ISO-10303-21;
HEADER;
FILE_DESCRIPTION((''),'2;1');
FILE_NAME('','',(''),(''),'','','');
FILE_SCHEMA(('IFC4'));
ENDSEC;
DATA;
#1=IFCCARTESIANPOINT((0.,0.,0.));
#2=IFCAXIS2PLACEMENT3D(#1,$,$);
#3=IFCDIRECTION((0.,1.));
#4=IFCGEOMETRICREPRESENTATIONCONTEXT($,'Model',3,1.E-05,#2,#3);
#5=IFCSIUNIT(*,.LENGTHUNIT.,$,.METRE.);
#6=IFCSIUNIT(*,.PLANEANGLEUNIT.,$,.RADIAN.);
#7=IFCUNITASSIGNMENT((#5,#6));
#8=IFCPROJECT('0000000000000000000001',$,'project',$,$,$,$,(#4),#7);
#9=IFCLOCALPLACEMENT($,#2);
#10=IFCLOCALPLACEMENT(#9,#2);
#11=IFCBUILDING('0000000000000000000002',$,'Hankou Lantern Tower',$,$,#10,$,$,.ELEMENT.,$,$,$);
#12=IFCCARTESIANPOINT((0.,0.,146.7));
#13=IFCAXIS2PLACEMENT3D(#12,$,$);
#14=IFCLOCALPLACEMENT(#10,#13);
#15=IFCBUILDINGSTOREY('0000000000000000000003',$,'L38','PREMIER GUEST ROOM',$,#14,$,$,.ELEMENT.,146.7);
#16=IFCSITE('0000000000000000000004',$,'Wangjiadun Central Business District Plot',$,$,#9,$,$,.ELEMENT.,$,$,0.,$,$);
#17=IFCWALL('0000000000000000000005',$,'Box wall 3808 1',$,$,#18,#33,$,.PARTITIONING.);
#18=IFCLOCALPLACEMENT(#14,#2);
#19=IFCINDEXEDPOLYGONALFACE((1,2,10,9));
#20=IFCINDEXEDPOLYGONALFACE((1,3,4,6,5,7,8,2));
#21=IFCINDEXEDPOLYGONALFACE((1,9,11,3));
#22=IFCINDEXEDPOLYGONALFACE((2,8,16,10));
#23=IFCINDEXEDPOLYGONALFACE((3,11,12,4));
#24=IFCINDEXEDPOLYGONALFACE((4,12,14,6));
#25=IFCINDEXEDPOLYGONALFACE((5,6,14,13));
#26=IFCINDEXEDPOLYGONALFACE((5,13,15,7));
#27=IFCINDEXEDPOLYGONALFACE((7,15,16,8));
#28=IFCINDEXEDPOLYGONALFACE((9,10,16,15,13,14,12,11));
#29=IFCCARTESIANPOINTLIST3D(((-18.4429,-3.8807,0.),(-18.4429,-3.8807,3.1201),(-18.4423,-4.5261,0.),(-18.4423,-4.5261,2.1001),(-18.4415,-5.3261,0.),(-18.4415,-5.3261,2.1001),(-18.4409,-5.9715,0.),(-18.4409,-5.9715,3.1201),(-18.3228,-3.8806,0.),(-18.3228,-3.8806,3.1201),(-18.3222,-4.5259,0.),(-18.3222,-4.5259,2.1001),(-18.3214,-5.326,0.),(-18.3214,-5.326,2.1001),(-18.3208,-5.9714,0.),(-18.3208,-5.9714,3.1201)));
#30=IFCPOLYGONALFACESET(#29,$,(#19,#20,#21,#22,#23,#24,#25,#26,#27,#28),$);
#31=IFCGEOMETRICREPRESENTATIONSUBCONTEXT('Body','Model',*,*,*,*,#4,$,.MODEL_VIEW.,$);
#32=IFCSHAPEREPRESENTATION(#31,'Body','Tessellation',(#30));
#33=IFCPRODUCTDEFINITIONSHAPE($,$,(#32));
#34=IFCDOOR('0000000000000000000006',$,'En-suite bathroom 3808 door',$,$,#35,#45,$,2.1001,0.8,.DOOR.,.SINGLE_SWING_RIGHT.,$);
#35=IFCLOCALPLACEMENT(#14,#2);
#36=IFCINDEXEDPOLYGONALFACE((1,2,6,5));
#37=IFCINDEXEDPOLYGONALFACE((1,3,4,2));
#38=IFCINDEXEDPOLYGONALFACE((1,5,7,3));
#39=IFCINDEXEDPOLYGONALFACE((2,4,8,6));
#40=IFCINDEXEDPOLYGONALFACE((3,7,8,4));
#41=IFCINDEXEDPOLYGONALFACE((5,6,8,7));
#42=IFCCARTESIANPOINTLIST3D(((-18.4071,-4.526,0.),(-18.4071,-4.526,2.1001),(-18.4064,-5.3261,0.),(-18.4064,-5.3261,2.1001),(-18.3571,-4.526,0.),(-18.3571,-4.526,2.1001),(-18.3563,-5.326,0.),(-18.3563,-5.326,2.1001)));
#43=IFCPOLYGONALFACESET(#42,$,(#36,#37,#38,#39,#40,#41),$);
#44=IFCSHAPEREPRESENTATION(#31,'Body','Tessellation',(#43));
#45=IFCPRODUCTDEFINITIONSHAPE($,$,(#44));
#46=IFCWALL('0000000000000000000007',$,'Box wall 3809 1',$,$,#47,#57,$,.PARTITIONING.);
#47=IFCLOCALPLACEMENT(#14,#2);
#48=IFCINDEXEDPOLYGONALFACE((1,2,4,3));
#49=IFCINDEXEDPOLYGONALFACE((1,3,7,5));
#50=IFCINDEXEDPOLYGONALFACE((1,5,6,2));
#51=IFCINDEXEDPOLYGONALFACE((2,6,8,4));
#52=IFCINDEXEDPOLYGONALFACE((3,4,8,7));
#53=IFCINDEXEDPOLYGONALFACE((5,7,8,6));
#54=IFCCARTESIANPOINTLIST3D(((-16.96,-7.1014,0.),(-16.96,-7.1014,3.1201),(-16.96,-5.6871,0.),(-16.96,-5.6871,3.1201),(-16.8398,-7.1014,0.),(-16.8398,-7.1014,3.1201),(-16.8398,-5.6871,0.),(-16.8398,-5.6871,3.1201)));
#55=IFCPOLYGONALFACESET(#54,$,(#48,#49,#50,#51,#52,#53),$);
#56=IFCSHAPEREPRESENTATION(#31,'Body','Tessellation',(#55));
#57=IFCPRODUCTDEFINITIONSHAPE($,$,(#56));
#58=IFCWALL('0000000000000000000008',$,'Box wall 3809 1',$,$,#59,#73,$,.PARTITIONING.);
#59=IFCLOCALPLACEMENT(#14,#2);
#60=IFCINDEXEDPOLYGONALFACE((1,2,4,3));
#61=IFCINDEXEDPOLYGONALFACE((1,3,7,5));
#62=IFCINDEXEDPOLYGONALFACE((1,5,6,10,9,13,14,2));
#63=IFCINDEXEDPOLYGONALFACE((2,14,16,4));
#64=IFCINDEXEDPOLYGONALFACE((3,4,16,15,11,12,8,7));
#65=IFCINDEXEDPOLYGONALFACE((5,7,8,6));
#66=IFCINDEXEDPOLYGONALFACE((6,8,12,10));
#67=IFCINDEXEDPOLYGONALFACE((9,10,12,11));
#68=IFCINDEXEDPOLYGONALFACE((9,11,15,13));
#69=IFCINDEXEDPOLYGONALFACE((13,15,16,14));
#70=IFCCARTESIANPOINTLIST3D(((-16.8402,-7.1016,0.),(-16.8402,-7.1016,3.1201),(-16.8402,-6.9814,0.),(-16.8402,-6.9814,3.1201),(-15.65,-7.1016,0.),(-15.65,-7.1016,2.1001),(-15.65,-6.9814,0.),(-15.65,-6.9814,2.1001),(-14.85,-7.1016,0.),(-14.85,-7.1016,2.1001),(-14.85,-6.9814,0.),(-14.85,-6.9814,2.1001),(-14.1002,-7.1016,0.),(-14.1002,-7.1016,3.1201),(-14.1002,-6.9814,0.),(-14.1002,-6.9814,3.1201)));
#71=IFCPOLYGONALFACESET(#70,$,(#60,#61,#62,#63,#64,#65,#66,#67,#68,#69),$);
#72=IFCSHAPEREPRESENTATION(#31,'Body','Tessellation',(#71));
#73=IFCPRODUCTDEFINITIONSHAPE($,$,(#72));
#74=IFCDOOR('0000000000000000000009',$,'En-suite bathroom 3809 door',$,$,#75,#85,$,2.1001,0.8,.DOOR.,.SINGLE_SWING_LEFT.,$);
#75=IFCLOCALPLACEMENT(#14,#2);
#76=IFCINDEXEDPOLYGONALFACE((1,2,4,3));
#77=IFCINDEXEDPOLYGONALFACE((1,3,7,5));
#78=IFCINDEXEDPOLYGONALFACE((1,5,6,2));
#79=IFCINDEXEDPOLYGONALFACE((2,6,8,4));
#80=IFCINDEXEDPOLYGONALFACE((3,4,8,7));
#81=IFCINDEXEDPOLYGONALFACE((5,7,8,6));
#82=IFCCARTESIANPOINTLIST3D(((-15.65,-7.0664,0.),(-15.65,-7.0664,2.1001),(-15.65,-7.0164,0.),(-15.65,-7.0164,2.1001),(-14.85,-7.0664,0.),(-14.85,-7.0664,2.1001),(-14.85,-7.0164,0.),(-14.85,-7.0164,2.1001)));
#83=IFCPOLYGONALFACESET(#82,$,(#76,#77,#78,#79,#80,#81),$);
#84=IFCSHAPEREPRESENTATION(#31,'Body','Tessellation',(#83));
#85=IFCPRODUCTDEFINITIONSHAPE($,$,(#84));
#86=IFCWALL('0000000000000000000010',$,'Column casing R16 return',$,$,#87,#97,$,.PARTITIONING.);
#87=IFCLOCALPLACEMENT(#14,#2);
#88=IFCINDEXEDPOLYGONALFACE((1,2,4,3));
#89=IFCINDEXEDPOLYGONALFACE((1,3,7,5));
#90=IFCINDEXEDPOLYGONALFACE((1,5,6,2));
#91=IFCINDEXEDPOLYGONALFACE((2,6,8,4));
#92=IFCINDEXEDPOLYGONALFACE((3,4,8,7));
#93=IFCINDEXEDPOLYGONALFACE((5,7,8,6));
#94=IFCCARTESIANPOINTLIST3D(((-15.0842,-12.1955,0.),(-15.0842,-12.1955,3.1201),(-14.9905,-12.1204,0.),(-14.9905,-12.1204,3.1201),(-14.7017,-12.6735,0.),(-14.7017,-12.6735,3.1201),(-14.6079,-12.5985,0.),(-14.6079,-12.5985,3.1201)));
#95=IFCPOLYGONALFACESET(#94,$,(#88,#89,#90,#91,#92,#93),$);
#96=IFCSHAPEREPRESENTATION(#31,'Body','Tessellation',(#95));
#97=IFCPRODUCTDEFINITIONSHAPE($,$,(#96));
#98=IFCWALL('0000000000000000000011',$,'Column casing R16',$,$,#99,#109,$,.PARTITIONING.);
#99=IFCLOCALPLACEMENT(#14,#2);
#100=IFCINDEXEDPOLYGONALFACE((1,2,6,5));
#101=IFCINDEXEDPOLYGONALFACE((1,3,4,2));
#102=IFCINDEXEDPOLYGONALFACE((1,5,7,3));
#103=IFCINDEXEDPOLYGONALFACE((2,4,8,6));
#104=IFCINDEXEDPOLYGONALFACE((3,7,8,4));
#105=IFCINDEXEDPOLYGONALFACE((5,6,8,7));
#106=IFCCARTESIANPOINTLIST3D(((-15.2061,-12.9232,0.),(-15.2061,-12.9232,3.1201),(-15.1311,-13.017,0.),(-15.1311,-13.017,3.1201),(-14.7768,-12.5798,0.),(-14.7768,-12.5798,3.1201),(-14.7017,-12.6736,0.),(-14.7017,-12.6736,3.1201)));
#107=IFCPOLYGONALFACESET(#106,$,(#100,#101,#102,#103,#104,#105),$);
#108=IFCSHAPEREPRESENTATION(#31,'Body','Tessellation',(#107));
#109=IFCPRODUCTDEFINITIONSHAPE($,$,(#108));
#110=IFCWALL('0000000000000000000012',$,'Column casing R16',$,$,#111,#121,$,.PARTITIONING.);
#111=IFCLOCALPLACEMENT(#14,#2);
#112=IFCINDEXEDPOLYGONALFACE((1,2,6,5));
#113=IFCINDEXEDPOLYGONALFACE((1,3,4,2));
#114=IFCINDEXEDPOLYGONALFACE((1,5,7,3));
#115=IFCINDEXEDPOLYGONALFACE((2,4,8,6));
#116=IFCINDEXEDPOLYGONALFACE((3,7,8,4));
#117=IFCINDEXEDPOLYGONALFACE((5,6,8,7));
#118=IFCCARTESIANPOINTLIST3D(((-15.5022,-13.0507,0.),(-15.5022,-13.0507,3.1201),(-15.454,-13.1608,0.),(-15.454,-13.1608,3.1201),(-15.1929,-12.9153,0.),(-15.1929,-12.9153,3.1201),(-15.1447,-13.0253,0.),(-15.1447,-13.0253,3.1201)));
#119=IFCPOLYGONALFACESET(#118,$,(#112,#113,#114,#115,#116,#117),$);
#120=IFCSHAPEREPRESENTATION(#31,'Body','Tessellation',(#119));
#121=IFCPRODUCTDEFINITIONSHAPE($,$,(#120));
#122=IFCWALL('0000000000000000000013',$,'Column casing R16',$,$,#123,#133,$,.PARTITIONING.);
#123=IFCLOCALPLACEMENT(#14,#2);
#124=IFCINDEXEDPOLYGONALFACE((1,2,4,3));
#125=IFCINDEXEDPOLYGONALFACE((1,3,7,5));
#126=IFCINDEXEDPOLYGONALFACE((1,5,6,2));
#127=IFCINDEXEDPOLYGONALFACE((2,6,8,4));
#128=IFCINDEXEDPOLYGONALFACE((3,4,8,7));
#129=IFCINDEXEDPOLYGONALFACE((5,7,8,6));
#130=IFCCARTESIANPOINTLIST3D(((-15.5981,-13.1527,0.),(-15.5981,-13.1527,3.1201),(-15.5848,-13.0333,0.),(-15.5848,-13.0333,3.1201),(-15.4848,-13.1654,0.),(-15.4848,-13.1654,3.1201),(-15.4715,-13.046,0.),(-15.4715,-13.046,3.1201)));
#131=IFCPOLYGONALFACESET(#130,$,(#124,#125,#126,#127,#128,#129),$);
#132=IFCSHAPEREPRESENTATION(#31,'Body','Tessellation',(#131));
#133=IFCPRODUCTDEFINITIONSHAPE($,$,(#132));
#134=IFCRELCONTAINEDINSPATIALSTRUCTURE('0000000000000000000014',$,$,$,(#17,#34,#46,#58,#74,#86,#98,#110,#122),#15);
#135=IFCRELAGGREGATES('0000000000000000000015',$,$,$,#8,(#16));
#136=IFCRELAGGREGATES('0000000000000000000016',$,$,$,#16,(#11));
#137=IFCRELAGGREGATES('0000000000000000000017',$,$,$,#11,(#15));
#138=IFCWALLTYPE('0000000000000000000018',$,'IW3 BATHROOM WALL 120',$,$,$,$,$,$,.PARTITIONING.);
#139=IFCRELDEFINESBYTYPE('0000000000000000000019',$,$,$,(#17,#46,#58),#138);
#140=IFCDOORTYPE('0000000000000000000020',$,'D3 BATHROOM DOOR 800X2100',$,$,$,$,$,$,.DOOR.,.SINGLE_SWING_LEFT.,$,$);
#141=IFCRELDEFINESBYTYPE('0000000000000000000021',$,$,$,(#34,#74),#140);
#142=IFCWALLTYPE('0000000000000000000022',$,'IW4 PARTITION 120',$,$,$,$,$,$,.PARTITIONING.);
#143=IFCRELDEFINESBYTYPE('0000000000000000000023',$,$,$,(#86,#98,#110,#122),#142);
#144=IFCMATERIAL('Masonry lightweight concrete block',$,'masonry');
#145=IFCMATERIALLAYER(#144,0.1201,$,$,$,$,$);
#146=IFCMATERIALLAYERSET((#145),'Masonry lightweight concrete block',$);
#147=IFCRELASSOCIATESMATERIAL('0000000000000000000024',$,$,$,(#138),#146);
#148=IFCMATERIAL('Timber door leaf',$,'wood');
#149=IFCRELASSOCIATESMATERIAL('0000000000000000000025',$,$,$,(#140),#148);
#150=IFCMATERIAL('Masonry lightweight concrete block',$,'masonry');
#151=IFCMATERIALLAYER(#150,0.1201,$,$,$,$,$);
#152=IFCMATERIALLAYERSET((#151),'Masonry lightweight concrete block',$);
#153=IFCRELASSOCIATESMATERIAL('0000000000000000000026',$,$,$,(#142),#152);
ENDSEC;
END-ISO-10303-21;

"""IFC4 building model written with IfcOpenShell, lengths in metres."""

from ifc_helpers import new_model, si_unit, direction, frame, frame_2d, origin, place, context, subcontext, project, spatial, rectangle, extrude, material, layer, layer_set, type_object, element, fill, save


model = new_model("IFC4")

# Units and contexts
model_context = context("Model", 3, precision=1e-05, world=origin(), true_north=direction((0.0, 1.0)))
body_context = subcontext(model_context, "Body", "Model", "MODEL_VIEW")
ifc_project = project(units=[si_unit("LENGTHUNIT", "METRE"), si_unit("PLANEANGLEUNIT", "RADIAN")], contexts=[model_context])

# Site, building, storey
site_placement = place(None, origin())
site = spatial("IfcSite", under=ifc_project, at=site_placement, Name="Wangjiadun Central Business District Plot", CompositionType="ELEMENT", RefElevation=0.0)
building_placement = place(site_placement, origin())
building = spatial("IfcBuilding", under=site, at=building_placement, Name="Hankou Lantern Tower", CompositionType="ELEMENT")
storey_placement = place(building_placement, frame((0.0, 0.0, 146.7)))
storey = spatial("IfcBuildingStorey", under=building, at=storey_placement, Name="L38", Description="PREMIER GUEST ROOM", CompositionType="ELEMENT", Elevation=146.7)

# Wall, opening, door
ifc_material_1 = material(Name="Masonry lightweight concrete block", Category="masonry")
ifc_layer_1 = layer(ifc_material_1, 0.1201)
ifc_layer_set_1 = layer_set([ifc_layer_1], Name="Masonry lightweight concrete block")
wall_type_1 = type_object("IfcWallType", Name="IW3 BATHROOM WALL 120", PredefinedType="PARTITIONING", material=ifc_layer_set_1)
wall_1_placement = place(storey_placement, frame((-18.3809, -5.9714, 0.0), z_axis=(0.0, 0.0, 1.0), x_axis=(-0.000934, 1.0, 0.0)))
wall_1 = element("IfcWall", 1, at=wall_1_placement, inside=storey, type_object=wall_type_1, Name="Box wall 3808 1", PredefinedType="PARTITIONING", context=body_context, shape_type="SweptSolid", body=[
    extrude(rectangle(XDim=2.0908, YDim=0.1201, at=frame_2d((1.0454, 0.0))), origin(), (0.0, 0.0, 1.0), 3.1201),
])
opening_1_placement = place(wall_1_placement, frame((0.6455, 0.0, 0.0)))
opening_1 = element("IfcOpeningElement", 2, at=opening_1_placement, cuts=wall_1, PredefinedType="OPENING", context=body_context, shape_type="SweptSolid", body=[
    extrude(rectangle(XDim=0.8, YDim=2.1001, at=frame_2d((0.3999, 1.05))), frame((0.0, 0.0701, 0.0), z_axis=(0.0, -1.0, 0.0), x_axis=(1.0, 0.0, 0.0)), (0.0, 0.0, 1.0), 0.1401),
])
ifc_material_2 = material(Name="Timber door leaf", Category="wood")
door_type = type_object("IfcDoorType", Name="D3 BATHROOM DOOR 800X2100", OperationType="SINGLE_SWING_LEFT", PredefinedType="DOOR", material=ifc_material_2)
door_1_placement = place(opening_1_placement, origin())
door_1 = element("IfcDoor", 3, at=door_1_placement, inside=storey, type_object=door_type, Name="En-suite bathroom 3808 door", OperationType="SINGLE_SWING_RIGHT", OverallHeight=2.1001, OverallWidth=0.8, PredefinedType="DOOR", context=body_context, shape_type="SweptSolid", body=[
    extrude(rectangle(XDim=0.8, YDim=2.1001, at=frame_2d((0.3999, 1.05))), frame((0.0, 0.0249, 0.0), z_axis=(0.0, -1.0, 0.0), x_axis=(1.0, 0.0, 0.0)), (0.0, 0.0, 1.0), 0.05),
])
fill(opening_1, door_1)

# Wall
wall_2_placement = place(storey_placement, frame((-16.8999, -5.6873, 0.0), z_axis=(0.0, 0.0, 1.0), x_axis=(0.0, -1.0, 0.0)))
element("IfcWall", 4, at=wall_2_placement, inside=storey, type_object=wall_type_1, Name="Box wall 3809 1", PredefinedType="PARTITIONING", context=body_context, shape_type="SweptSolid", body=[
    extrude(rectangle(XDim=1.4143, YDim=0.1201, at=frame_2d((0.707, 0.0))), origin(), (0.0, 0.0, 1.0), 3.1201),
])

# Wall, opening, door
wall_3_placement = place(storey_placement, frame((-14.1001, -7.0415, 0.0), z_axis=(0.0, 0.0, 1.0), x_axis=(-1.0, 0.0, 0.0)))
wall_3 = element("IfcWall", 5, at=wall_3_placement, inside=storey, type_object=wall_type_1, Name="Box wall 3809 1", PredefinedType="PARTITIONING", context=body_context, shape_type="SweptSolid", body=[
    extrude(rectangle(XDim=2.74, YDim=0.1201, at=frame_2d((1.3701, 0.0))), origin(), (0.0, 0.0, 1.0), 3.1201),
])
opening_2_placement = place(wall_3_placement, frame((0.75, 0.0, 0.0)))
opening_2 = element("IfcOpeningElement", 6, at=opening_2_placement, cuts=wall_3, PredefinedType="OPENING", context=body_context, shape_type="SweptSolid", body=[
    extrude(rectangle(XDim=0.8, YDim=2.1001, at=frame_2d((0.3999, 1.05))), frame((0.0, 0.0701, 0.0), z_axis=(0.0, -1.0, 0.0), x_axis=(1.0, 0.0, 0.0)), (0.0, 0.0, 1.0), 0.1401),
])
door_2_placement = place(opening_2_placement, origin())
door_2 = element("IfcDoor", 7, at=door_2_placement, inside=storey, type_object=door_type, Name="En-suite bathroom 3809 door", OperationType="SINGLE_SWING_LEFT", OverallHeight=2.1001, OverallWidth=0.8, PredefinedType="DOOR", context=body_context, shape_type="SweptSolid", body=[
    extrude(rectangle(XDim=0.8, YDim=2.1001, at=frame_2d((0.3999, 1.05))), frame((0.0, 0.0249, 0.0), z_axis=(0.0, -1.0, 0.0), x_axis=(1.0, 0.0, 0.0)), (0.0, 0.0, 1.0), 0.05),
])
fill(opening_2, door_2)

# Walls
ifc_material_3 = material(Name="Masonry lightweight concrete block", Category="masonry")
ifc_layer_2 = layer(ifc_material_3, 0.1201)
ifc_layer_set_2 = layer_set([ifc_layer_2], Name="Masonry lightweight concrete block")
wall_type_2 = type_object("IfcWallType", Name="IW4 PARTITION 120", PredefinedType="PARTITIONING", material=ifc_layer_set_2)
wall_4_placement = place(storey_placement, frame((-15.0374, -12.158, 0.0), z_axis=(0.0, 0.0, 1.0), x_axis=(0.624841, -0.780752, 0.0)))
element("IfcWall", 8, at=wall_4_placement, inside=storey, type_object=wall_type_2, Name="Column casing R16 return", PredefinedType="PARTITIONING", context=body_context, shape_type="SweptSolid", body=[
    extrude(rectangle(XDim=0.6123, YDim=0.1201, at=frame_2d((0.3062, 0.0))), origin(), (0.0, 0.0, 1.0), 3.1201),
])
wall_5_placement = place(storey_placement, frame((-14.7393, -12.6267, 0.0), z_axis=(0.0, 0.0, 1.0), x_axis=(-0.780912, -0.624641, 0.0)))
element("IfcWall", 9, at=wall_5_placement, inside=storey, type_object=wall_type_2, Name="Column casing R16", PredefinedType="PARTITIONING", context=body_context, shape_type="SweptSolid", body=[
    extrude(rectangle(XDim=0.5498, YDim=0.1201, at=frame_2d((0.2749, 0.0))), origin(), (0.0, 0.0, 1.0), 3.1201),
])
wall_6_placement = place(storey_placement, frame((-15.1687, -12.9702, 0.0), z_axis=(0.0, 0.0, 1.0), x_axis=(-0.915975, -0.401236, 0.0)))
element("IfcWall", 10, at=wall_6_placement, inside=storey, type_object=wall_type_2, Name="Column casing R16", PredefinedType="PARTITIONING", context=body_context, shape_type="SweptSolid", body=[
    extrude(rectangle(XDim=0.3376, YDim=0.1201, at=frame_2d((0.1689, 0.0))), origin(), (0.0, 0.0, 1.0), 3.1201),
])
wall_7_placement = place(storey_placement, frame((-15.478, -13.1057, 0.0), z_axis=(0.0, 0.0, 1.0), x_axis=(-0.993779, 0.111372, 0.0)))
element("IfcWall", 11, at=wall_7_placement, inside=storey, type_object=wall_type_2, Name="Column casing R16", PredefinedType="PARTITIONING", context=body_context, shape_type="SweptSolid", body=[
    extrude(rectangle(XDim=0.114, YDim=0.1201, at=frame_2d((0.0571, 0.0))), origin(), (0.0, 0.0, 1.0), 3.1201),
])

save(model, "model.ifc")
